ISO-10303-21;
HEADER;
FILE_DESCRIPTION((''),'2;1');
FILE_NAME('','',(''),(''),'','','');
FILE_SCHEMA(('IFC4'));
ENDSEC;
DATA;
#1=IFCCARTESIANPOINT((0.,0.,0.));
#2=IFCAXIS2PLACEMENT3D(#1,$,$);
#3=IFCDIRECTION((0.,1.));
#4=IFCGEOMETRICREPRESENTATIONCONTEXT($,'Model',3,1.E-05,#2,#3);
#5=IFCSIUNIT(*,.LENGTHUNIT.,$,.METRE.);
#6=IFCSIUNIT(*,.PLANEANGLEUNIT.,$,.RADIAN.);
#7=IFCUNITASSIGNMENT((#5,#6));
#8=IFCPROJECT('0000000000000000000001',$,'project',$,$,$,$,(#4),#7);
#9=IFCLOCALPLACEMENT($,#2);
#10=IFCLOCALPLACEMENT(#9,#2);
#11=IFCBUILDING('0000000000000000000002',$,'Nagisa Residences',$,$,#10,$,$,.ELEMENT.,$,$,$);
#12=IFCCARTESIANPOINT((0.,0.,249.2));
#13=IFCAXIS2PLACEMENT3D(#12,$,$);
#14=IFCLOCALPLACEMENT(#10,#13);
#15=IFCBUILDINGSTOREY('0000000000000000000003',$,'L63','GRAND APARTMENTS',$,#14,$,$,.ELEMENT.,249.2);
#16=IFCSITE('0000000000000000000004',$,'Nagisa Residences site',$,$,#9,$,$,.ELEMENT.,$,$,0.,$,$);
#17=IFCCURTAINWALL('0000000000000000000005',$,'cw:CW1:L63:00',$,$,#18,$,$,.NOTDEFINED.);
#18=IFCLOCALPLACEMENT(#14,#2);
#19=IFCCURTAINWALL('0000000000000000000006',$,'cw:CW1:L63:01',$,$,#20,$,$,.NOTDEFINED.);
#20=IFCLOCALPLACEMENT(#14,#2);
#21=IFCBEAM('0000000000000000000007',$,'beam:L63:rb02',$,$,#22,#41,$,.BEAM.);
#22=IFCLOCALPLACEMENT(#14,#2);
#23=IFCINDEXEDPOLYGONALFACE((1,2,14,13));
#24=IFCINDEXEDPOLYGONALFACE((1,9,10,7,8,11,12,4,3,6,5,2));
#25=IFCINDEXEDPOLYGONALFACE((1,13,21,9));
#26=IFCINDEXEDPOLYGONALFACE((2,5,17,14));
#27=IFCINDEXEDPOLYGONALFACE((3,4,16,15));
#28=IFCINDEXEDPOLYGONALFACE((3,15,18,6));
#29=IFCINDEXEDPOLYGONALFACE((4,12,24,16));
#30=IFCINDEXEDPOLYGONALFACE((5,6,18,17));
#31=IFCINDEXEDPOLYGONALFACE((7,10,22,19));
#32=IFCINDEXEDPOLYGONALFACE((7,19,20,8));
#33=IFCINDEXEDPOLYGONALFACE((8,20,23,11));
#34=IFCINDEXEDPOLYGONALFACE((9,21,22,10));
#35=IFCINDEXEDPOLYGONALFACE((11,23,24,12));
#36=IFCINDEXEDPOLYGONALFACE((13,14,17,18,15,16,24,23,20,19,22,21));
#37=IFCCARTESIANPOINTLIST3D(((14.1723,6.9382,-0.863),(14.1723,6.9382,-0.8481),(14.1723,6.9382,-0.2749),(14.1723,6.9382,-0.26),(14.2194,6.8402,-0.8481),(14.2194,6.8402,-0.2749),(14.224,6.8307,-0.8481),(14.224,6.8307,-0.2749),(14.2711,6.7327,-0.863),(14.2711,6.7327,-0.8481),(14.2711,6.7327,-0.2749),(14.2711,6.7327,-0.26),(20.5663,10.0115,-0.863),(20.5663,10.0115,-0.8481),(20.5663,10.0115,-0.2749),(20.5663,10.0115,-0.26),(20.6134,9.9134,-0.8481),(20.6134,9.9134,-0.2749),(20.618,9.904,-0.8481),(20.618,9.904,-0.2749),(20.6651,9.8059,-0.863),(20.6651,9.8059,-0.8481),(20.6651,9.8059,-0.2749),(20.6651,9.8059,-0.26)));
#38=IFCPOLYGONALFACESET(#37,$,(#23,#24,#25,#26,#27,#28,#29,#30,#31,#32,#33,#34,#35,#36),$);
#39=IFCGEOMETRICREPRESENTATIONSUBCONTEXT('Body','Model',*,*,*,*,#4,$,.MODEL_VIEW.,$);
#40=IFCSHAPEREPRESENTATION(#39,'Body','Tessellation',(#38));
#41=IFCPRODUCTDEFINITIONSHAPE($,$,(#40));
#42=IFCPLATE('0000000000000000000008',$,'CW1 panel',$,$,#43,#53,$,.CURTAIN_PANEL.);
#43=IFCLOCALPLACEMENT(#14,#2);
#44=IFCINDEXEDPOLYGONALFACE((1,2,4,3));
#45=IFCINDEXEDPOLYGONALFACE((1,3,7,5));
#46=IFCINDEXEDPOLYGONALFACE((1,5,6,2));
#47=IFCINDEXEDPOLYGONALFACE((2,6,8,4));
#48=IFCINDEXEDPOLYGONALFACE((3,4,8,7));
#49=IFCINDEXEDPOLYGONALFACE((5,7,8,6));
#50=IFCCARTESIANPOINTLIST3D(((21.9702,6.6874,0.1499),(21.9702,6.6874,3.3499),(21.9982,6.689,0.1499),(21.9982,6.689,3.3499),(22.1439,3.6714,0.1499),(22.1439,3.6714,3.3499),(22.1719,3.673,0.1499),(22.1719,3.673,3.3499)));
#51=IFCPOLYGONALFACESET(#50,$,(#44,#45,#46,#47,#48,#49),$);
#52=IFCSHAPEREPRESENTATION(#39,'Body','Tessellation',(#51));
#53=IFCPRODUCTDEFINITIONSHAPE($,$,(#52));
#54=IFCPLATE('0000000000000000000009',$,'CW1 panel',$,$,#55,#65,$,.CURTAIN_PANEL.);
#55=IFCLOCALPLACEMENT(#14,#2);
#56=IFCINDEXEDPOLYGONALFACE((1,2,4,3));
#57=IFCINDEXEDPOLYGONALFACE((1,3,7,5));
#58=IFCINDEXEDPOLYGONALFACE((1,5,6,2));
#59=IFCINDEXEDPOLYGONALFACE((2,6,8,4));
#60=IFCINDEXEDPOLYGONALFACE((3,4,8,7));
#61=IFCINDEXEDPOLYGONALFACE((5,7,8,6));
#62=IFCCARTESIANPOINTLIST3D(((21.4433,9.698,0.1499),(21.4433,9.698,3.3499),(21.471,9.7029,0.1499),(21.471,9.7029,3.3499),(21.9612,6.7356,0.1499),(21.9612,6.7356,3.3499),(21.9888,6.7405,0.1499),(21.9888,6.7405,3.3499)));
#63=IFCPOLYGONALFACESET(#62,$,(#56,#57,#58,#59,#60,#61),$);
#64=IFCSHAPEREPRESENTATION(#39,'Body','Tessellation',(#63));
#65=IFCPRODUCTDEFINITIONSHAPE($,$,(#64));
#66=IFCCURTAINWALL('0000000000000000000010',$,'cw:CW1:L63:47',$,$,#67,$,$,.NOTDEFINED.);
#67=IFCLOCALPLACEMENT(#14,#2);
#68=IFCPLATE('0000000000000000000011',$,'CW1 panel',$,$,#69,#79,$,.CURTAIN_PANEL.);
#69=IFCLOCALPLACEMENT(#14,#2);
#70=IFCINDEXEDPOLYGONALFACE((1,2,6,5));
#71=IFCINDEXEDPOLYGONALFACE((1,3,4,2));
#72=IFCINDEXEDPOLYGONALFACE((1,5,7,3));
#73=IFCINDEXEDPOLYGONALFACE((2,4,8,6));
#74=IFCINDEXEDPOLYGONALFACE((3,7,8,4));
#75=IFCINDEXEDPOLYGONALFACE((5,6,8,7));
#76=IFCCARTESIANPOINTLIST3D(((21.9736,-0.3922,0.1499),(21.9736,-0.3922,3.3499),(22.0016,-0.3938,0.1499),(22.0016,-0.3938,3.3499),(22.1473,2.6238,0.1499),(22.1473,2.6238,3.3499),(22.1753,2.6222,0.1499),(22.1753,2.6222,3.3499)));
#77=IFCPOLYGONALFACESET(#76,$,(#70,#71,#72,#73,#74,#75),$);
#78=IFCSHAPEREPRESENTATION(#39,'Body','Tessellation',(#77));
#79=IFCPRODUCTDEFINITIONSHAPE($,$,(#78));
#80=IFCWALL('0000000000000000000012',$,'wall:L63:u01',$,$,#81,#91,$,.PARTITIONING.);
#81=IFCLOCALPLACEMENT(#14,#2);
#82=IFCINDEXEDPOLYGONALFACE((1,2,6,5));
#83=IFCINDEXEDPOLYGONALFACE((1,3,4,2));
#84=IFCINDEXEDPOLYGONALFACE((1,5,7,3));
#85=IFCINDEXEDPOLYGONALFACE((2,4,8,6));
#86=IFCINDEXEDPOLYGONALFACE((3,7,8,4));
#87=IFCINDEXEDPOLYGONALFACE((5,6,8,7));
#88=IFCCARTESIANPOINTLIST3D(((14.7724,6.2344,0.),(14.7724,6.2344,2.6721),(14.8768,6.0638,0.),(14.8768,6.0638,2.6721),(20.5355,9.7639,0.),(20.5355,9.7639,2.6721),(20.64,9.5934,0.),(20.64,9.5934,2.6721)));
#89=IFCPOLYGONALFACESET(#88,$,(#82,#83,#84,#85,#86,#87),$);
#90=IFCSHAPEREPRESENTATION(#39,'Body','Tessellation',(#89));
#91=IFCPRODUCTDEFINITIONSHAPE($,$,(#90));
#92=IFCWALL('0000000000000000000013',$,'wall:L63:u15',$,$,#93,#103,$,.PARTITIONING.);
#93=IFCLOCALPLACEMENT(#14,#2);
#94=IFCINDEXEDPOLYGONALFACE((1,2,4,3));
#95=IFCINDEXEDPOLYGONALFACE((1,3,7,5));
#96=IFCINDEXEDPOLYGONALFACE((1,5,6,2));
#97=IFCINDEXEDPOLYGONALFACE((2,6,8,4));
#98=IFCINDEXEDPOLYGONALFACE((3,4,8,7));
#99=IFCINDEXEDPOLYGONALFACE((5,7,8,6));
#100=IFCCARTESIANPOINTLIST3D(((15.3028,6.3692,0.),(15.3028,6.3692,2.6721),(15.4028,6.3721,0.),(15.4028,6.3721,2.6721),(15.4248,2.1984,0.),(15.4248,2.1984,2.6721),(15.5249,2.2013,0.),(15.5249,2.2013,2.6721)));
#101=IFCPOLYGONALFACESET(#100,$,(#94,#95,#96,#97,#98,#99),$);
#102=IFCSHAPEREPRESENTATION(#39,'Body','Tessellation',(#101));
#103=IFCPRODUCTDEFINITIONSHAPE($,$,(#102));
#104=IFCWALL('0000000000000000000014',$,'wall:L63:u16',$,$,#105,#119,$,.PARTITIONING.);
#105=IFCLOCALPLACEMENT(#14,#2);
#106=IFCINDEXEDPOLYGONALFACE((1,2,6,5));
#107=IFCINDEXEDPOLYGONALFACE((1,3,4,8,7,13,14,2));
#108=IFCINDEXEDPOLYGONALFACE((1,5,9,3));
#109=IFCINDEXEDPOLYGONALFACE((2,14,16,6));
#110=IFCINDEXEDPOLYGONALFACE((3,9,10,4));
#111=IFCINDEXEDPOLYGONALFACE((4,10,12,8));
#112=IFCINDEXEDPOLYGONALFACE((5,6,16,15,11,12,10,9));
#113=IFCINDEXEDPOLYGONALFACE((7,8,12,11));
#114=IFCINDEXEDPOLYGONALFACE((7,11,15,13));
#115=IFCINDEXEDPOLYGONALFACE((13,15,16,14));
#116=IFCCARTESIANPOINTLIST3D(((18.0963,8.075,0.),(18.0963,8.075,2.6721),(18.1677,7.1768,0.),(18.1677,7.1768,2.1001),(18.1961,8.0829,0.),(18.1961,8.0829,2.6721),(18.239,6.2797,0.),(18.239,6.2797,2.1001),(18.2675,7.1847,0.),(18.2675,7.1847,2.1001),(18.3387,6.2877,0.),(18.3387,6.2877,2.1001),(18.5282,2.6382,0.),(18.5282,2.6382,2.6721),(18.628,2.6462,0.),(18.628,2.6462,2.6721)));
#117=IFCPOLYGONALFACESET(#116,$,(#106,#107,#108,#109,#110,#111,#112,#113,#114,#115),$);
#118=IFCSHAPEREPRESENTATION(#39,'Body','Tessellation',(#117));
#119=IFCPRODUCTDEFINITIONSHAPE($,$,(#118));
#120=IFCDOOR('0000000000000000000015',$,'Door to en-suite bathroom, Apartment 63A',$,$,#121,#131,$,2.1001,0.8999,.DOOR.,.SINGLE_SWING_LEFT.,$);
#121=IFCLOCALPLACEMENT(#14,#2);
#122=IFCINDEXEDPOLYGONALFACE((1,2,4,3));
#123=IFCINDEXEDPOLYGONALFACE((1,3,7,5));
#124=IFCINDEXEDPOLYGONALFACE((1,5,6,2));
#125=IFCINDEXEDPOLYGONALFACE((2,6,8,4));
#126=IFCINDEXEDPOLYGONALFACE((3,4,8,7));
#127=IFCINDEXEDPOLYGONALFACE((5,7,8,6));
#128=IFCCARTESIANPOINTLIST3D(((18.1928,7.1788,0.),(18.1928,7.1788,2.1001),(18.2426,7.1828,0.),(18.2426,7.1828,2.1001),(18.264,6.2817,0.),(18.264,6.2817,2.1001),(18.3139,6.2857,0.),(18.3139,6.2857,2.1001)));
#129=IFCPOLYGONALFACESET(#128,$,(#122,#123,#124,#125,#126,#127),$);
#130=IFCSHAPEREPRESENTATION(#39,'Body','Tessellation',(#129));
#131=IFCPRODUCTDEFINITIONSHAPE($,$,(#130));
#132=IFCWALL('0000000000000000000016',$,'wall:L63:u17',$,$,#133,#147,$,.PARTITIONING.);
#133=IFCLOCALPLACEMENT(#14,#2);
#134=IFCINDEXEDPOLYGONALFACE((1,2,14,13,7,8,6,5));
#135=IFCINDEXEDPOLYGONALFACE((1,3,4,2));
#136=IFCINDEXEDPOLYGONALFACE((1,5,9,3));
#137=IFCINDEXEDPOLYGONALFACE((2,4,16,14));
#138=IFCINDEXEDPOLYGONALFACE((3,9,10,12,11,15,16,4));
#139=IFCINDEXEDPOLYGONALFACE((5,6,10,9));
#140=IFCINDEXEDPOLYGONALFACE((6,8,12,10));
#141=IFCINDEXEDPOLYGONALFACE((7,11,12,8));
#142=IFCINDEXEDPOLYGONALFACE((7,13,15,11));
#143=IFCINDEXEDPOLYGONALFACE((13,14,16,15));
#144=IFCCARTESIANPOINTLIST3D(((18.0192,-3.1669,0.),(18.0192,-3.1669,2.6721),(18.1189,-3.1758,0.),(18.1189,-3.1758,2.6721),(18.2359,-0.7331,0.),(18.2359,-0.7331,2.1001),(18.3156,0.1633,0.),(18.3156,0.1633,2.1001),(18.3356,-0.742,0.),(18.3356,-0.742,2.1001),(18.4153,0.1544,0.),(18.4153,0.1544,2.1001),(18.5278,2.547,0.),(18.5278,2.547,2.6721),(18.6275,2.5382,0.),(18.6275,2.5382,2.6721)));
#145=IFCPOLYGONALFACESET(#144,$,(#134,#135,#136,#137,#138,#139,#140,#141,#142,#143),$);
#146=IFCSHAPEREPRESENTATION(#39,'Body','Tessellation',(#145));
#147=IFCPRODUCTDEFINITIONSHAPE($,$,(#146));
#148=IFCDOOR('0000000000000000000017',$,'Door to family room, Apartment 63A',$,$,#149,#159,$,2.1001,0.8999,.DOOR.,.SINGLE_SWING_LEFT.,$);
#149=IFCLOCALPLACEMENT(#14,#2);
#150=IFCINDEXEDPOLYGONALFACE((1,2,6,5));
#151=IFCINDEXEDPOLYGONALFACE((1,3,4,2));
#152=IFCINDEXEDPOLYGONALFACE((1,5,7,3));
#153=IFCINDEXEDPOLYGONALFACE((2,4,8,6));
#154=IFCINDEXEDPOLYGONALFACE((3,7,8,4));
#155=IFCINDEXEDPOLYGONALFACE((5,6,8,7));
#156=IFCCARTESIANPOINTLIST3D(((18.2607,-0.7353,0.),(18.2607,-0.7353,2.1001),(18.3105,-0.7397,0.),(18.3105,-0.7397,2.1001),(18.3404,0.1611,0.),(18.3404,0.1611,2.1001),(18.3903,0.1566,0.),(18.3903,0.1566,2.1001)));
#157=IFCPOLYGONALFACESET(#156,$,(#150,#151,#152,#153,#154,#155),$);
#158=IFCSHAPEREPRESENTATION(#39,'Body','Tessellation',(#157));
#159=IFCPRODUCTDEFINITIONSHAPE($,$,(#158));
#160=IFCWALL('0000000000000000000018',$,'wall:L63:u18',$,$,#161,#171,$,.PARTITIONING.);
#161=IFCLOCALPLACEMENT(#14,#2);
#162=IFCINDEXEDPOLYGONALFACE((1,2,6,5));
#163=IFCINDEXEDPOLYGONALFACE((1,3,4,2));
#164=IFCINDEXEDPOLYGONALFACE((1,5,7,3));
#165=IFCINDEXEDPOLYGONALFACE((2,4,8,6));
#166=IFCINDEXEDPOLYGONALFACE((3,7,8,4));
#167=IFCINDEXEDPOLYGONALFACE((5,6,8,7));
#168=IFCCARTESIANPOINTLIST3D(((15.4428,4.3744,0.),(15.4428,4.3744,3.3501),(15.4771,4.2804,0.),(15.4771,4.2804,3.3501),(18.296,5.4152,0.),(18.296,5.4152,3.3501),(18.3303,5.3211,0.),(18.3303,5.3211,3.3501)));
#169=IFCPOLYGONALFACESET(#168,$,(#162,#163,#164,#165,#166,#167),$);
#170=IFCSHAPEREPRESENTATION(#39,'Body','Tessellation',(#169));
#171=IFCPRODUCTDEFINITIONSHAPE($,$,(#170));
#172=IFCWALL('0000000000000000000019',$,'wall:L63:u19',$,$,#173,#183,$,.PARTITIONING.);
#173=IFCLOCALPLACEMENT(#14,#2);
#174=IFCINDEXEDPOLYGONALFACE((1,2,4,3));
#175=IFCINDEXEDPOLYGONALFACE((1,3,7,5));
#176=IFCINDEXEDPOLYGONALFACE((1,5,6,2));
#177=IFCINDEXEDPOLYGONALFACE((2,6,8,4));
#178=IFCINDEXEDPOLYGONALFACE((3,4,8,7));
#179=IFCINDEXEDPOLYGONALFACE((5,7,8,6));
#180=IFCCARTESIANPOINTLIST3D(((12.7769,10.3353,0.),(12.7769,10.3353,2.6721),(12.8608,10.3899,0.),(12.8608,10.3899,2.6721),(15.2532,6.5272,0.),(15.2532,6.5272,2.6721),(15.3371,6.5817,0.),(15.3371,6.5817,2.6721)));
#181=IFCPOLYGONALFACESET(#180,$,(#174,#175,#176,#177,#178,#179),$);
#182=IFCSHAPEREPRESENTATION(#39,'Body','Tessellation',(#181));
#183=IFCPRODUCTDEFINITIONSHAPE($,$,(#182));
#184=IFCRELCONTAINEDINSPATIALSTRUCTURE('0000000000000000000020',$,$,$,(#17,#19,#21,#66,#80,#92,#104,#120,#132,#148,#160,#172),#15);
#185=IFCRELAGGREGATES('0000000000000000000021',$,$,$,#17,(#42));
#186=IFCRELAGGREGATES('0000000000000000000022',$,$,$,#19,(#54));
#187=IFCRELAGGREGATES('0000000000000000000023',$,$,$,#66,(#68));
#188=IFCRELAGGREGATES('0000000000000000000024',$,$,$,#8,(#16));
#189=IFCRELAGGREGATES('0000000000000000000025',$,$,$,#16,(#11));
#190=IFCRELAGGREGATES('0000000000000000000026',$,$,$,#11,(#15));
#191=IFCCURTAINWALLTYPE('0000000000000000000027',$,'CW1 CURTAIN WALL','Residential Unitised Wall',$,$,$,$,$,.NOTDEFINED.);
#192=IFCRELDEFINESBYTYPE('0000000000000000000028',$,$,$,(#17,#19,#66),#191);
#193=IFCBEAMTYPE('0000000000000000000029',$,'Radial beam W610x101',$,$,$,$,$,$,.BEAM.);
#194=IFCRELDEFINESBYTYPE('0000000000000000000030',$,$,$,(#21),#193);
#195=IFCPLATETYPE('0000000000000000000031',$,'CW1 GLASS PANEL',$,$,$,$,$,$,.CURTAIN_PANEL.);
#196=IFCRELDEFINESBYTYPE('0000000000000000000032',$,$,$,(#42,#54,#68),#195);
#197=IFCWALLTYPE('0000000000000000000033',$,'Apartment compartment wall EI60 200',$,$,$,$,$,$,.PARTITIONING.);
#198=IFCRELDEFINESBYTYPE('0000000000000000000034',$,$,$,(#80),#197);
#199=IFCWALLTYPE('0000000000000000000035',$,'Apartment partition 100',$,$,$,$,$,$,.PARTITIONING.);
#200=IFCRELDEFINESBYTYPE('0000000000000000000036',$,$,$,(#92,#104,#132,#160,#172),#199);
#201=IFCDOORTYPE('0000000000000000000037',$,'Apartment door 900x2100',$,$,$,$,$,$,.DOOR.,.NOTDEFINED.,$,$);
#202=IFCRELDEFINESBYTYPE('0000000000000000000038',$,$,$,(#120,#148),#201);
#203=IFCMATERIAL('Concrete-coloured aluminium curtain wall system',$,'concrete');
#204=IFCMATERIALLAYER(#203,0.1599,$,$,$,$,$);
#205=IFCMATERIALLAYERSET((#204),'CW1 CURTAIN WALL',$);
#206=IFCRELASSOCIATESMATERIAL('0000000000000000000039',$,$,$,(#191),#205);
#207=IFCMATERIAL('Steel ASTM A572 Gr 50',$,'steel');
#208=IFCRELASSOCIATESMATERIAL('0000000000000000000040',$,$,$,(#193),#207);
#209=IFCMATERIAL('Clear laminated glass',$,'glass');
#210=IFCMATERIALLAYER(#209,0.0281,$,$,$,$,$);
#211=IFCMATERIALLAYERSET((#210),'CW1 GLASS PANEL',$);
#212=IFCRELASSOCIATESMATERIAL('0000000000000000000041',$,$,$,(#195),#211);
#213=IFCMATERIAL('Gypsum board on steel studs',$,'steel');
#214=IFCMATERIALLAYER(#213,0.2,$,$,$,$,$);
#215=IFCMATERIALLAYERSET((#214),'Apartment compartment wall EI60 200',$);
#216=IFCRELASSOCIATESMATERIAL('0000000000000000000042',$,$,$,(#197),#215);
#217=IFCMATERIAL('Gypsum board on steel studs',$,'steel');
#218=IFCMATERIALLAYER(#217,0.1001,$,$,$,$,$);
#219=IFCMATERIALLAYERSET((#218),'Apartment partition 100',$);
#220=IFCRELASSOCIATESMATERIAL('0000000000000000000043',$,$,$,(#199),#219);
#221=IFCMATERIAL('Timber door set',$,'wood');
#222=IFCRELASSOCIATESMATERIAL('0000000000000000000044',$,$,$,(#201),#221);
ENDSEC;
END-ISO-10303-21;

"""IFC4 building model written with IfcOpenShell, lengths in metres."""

from ifc_helpers import new_model, si_unit, direction, frame, frame_2d, origin, origin_2d, place, context, subcontext, project, spatial, rectangle, i_section, extrude, material, layer, layer_set, material_profile, profile_set, type_object, element, fill, aggregate, save


model = new_model("IFC4")

# Units and contexts
model_context = context("Model", 3, precision=1e-05, world=origin(), true_north=direction((0.0, 1.0)))
body_context = subcontext(model_context, "Body", "Model", "MODEL_VIEW")
ifc_project = project(units=[si_unit("LENGTHUNIT", "METRE"), si_unit("PLANEANGLEUNIT", "RADIAN")], contexts=[model_context])

# Site, building, storey
site_placement = place(None, origin())
site = spatial("IfcSite", under=ifc_project, at=site_placement, Name="Nagisa Residences site", CompositionType="ELEMENT", RefElevation=0.0)
building_placement = place(site_placement, origin())
building = spatial("IfcBuilding", under=site, at=building_placement, Name="Nagisa Residences", CompositionType="ELEMENT")
storey_placement = place(building_placement, frame((0.0, 0.0, 249.2)))
storey = spatial("IfcBuildingStorey", under=building, at=storey_placement, Name="L63", Description="GRAND APARTMENTS", CompositionType="ELEMENT", Elevation=249.2)

# Curtain walls
ifc_material_1 = material(Name="Concrete-coloured aluminium curtain wall system", Category="concrete")
ifc_layer_1 = layer(ifc_material_1, 0.1599)
ifc_layer_set_1 = layer_set([ifc_layer_1], Name="CW1 CURTAIN WALL")
curtain_wall_type = type_object("IfcCurtainWallType", Name="CW1 CURTAIN WALL", Description="Residential Unitised Wall", PredefinedType="NOTDEFINED", material=ifc_layer_set_1)
curtain_wall_1_placement = place(storey_placement, origin())
curtain_wall_1 = element("IfcCurtainWall", 1, at=curtain_wall_1_placement, inside=storey, type_object=curtain_wall_type, Name="cw:CW1:L63:00", PredefinedType="NOTDEFINED")
curtain_wall_2_placement = place(storey_placement, origin())
curtain_wall_2 = element("IfcCurtainWall", 2, at=curtain_wall_2_placement, inside=storey, type_object=curtain_wall_type, Name="cw:CW1:L63:01", PredefinedType="NOTDEFINED")

# Beam
ifc_material_2 = material(Name="Steel ASTM A572 Gr 50", Category="steel")
ifc_material_profile_1 = material_profile(ifc_material_2, i_section(OverallWidth=0.228, OverallDepth=0.603, WebThickness=0.0105, FlangeThickness=0.0149, at=origin_2d()), Name="W610x101")
ifc_profile_set_1 = profile_set([ifc_material_profile_1], Name="Steel ASTM A572 Gr 50")
beam_type_1 = type_object("IfcBeamType", Name="Radial beam W610x101", PredefinedType="BEAM", material=ifc_profile_set_1)
beam_1_placement = place(storey_placement, frame((20.6157, 9.9087, -0.5615), z_axis=(-0.901297, -0.433201, 0.0), x_axis=(0.433201, -0.901297, 0.0)))
element("IfcBeam", 3, at=beam_1_placement, inside=storey, type_object=beam_type_1, Name="beam:L63:rb02", PredefinedType="BEAM", context=body_context, shape_type="SweptSolid", body=[
    extrude(i_section(OverallWidth=0.228, OverallDepth=0.603, WebThickness=0.0105, FlangeThickness=0.0149, at=origin_2d()), origin(), (0.0, 0.0, 1.0), 7.0942),
])

# Plates
ifc_material_3 = material(Name="Clear laminated glass", Category="glass")
ifc_layer_2 = layer(ifc_material_3, 0.0281)
ifc_layer_set_2 = layer_set([ifc_layer_2], Name="CW1 GLASS PANEL")
plate_type = type_object("IfcPlateType", Name="CW1 GLASS PANEL", PredefinedType="CURTAIN_PANEL", material=ifc_layer_set_2)
plate_1_placement = place(storey_placement, frame((22.071, 5.1802, 0.1499), z_axis=(0.0, 0.0, 1.0), x_axis=(-0.057503, 0.998345, 0.0)))
plate_1 = element("IfcPlate", 4, at=plate_1_placement, type_object=plate_type, Name="CW1 panel", PredefinedType="CURTAIN_PANEL", context=body_context, shape_type="SweptSolid", body=[
    extrude(rectangle(XDim=3.021, YDim=0.0281, at=origin_2d()), origin(), (0.0, 0.0, 1.0), 3.2),
])
aggregate(curtain_wall_1, [plate_1])
plate_2_placement = place(storey_placement, frame((21.7161, 8.2192, 0.1499), z_axis=(0.0, 0.0, 1.0), x_axis=(-0.172191, 0.985064, 0.0)))
plate_2 = element("IfcPlate", 5, at=plate_2_placement, type_object=plate_type, Name="CW1 panel", PredefinedType="CURTAIN_PANEL", context=body_context, shape_type="SweptSolid", body=[
    extrude(rectangle(XDim=3.0073, YDim=0.0281, at=origin_2d()), origin(), (0.0, 0.0, 1.0), 3.2),
])
aggregate(curtain_wall_2, [plate_2])

# Curtain wall, plate
curtain_wall_3_placement = place(storey_placement, origin())
curtain_wall_3 = element("IfcCurtainWall", 6, at=curtain_wall_3_placement, inside=storey, type_object=curtain_wall_type, Name="cw:CW1:L63:47", PredefinedType="NOTDEFINED")
plate_3_placement = place(storey_placement, frame((22.0745, 1.115, 0.1499), z_axis=(0.0, 0.0, 1.0), x_axis=(0.057503, 0.998345, 0.0)))
plate_3 = element("IfcPlate", 7, at=plate_3_placement, type_object=plate_type, Name="CW1 panel", PredefinedType="CURTAIN_PANEL", context=body_context, shape_type="SweptSolid", body=[
    extrude(rectangle(XDim=3.021, YDim=0.0281, at=origin_2d()), origin(), (0.0, 0.0, 1.0), 3.2),
])
aggregate(curtain_wall_3, [plate_3])

# Walls
ifc_material_4 = material(Name="Gypsum board on steel studs", Category="steel")
ifc_layer_3 = layer(ifc_material_4, 0.2)
ifc_layer_set_3 = layer_set([ifc_layer_3], Name="Apartment compartment wall EI60 200")
wall_type_1 = type_object("IfcWallType", Name="Apartment compartment wall EI60 200", PredefinedType="PARTITIONING", material=ifc_layer_set_3)
wall_1_placement = place(storey_placement, frame((14.8247, 6.1492, 0.0), z_axis=(0.0, 0.0, 1.0), x_axis=(0.852781, 0.522268, 0.0)))
element("IfcWall", 8, at=wall_1_placement, inside=storey, type_object=wall_type_1, Name="wall:L63:u01", PredefinedType="PARTITIONING", context=body_context, shape_type="SweptSolid", body=[
    extrude(rectangle(XDim=6.7581, YDim=0.2, at=frame_2d((3.3789, 0.0))), origin(), (0.0, 0.0, 1.0), 2.6721),
])
ifc_material_5 = material(Name="Gypsum board on steel studs", Category="steel")
ifc_layer_4 = layer(ifc_material_5, 0.1001)
ifc_layer_set_4 = layer_set([ifc_layer_4], Name="Apartment partition 100")
wall_type_2 = type_object("IfcWallType", Name="Apartment partition 100", PredefinedType="PARTITIONING", material=ifc_layer_set_4)
wall_2_placement = place(storey_placement, frame((15.4749, 2.1997, 0.0), z_axis=(0.0, 0.0, 1.0), x_axis=(-0.029255, 0.999572, 0.0)))
element("IfcWall", 9, at=wall_2_placement, inside=storey, type_object=wall_type_2, Name="wall:L63:u15", PredefinedType="PARTITIONING", context=body_context, shape_type="SweptSolid", body=[
    extrude(rectangle(XDim=4.1726, YDim=0.1001, at=frame_2d((2.0864, 0.0))), origin(), (0.0, 0.0, 1.0), 2.6721),
])

# Walls, openings, doors
wall_3_placement = place(storey_placement, frame((18.5781, 2.6421, 0.0), z_axis=(0.0, 0.0, 1.0), x_axis=(-0.079188, 0.99686, 0.0)))
wall_3 = element("IfcWall", 10, at=wall_3_placement, inside=storey, type_object=wall_type_2, Name="wall:L63:u16", PredefinedType="PARTITIONING", context=body_context, shape_type="SweptSolid", body=[
    extrude(rectangle(XDim=5.4539, YDim=0.1001, at=frame_2d((2.7271, 0.0))), origin(), (0.0, 0.0, 1.0), 2.6721),
])
opening_1_placement = place(wall_3_placement, frame((3.6531, 0.0, 0.0)))
opening_1 = element("IfcOpeningElement", 11, at=opening_1_placement, cuts=wall_3, PredefinedType="OPENING", context=body_context, shape_type="SweptSolid", body=[
    extrude(rectangle(XDim=0.8999, YDim=2.1001, at=frame_2d((0.45, 1.05))), frame((0.0, 0.0601, 0.0), z_axis=(0.0, -1.0, 0.0), x_axis=(1.0, 0.0, 0.0)), (0.0, 0.0, 1.0), 0.1201),
])
ifc_material_6 = material(Name="Timber door set", Category="wood")
door_type = type_object("IfcDoorType", Name="Apartment door 900x2100", OperationType="NOTDEFINED", PredefinedType="DOOR", material=ifc_material_6)
door_1_placement = place(opening_1_placement, origin())
door_1 = element("IfcDoor", 12, at=door_1_placement, inside=storey, type_object=door_type, Name="Door to en-suite bathroom, Apartment 63A", OperationType="SINGLE_SWING_LEFT", OverallHeight=2.1001, OverallWidth=0.8999, PredefinedType="DOOR", context=body_context, shape_type="SweptSolid", body=[
    extrude(rectangle(XDim=0.8999, YDim=2.1001, at=frame_2d((0.45, 1.05))), frame((0.0, 0.0249, 0.0), z_axis=(0.0, -1.0, 0.0), x_axis=(1.0, 0.0, 0.0)), (0.0, 0.0, 1.0), 0.05),
])
fill(opening_1, door_1)
wall_4_placement = place(storey_placement, frame((18.5776, 2.5425, 0.0), z_axis=(0.0, 0.0, 1.0), x_axis=(-0.088651, -0.996063, 0.0)))
wall_4 = element("IfcWall", 13, at=wall_4_placement, inside=storey, type_object=wall_type_2, Name="wall:L63:u17", PredefinedType="PARTITIONING", context=body_context, shape_type="SweptSolid", body=[
    extrude(rectangle(XDim=5.7366, YDim=0.1001, at=frame_2d((2.8682, 0.0))), origin(), (0.0, 0.0, 1.0), 2.6721),
])
opening_2_placement = place(wall_4_placement, frame((2.3931, 0.0, 0.0)))
opening_2 = element("IfcOpeningElement", 14, at=opening_2_placement, cuts=wall_4, PredefinedType="OPENING", context=body_context, shape_type="SweptSolid", body=[
    extrude(rectangle(XDim=0.8999, YDim=2.1001, at=frame_2d((0.45, 1.05))), frame((0.0, 0.0601, 0.0), z_axis=(0.0, -1.0, 0.0), x_axis=(1.0, 0.0, 0.0)), (0.0, 0.0, 1.0), 0.1201),
])
door_2_placement = place(opening_2_placement, origin())
door_2 = element("IfcDoor", 15, at=door_2_placement, inside=storey, type_object=door_type, Name="Door to family room, Apartment 63A", OperationType="SINGLE_SWING_LEFT", OverallHeight=2.1001, OverallWidth=0.8999, PredefinedType="DOOR", context=body_context, shape_type="SweptSolid", body=[
    extrude(rectangle(XDim=0.8999, YDim=2.1001, at=frame_2d((0.45, 1.05))), frame((0.0, 0.0249, 0.0), z_axis=(0.0, -1.0, 0.0), x_axis=(1.0, 0.0, 0.0)), (0.0, 0.0, 1.0), 0.05),
])
fill(opening_2, door_2)

# Walls
wall_5_placement = place(storey_placement, frame((15.46, 4.3274, 0.0), z_axis=(0.0, 0.0, 1.0), x_axis=(0.939453, 0.342679, 0.0)))
element("IfcWall", 16, at=wall_5_placement, inside=storey, type_object=wall_type_2, Name="wall:L63:u18", PredefinedType="PARTITIONING", context=body_context, shape_type="SweptSolid", body=[
    extrude(rectangle(XDim=3.0371, YDim=0.1001, at=frame_2d((1.5186, 0.0))), origin(), (0.0, 0.0, 1.0), 3.3501),
])
wall_6_placement = place(storey_placement, frame((15.2952, 6.5544, 0.0), z_axis=(0.0, 0.0, 1.0), x_axis=(-0.545151, 0.838338, 0.0)))
element("IfcWall", 17, at=wall_6_placement, inside=storey, type_object=wall_type_2, Name="wall:L63:u19", PredefinedType="PARTITIONING", context=body_context, shape_type="SweptSolid", body=[
    extrude(rectangle(XDim=4.5425, YDim=0.1001, at=frame_2d((2.2712, 0.0))), origin(), (0.0, 0.0, 1.0), 2.6721),
])

save(model, "model.ifc")
